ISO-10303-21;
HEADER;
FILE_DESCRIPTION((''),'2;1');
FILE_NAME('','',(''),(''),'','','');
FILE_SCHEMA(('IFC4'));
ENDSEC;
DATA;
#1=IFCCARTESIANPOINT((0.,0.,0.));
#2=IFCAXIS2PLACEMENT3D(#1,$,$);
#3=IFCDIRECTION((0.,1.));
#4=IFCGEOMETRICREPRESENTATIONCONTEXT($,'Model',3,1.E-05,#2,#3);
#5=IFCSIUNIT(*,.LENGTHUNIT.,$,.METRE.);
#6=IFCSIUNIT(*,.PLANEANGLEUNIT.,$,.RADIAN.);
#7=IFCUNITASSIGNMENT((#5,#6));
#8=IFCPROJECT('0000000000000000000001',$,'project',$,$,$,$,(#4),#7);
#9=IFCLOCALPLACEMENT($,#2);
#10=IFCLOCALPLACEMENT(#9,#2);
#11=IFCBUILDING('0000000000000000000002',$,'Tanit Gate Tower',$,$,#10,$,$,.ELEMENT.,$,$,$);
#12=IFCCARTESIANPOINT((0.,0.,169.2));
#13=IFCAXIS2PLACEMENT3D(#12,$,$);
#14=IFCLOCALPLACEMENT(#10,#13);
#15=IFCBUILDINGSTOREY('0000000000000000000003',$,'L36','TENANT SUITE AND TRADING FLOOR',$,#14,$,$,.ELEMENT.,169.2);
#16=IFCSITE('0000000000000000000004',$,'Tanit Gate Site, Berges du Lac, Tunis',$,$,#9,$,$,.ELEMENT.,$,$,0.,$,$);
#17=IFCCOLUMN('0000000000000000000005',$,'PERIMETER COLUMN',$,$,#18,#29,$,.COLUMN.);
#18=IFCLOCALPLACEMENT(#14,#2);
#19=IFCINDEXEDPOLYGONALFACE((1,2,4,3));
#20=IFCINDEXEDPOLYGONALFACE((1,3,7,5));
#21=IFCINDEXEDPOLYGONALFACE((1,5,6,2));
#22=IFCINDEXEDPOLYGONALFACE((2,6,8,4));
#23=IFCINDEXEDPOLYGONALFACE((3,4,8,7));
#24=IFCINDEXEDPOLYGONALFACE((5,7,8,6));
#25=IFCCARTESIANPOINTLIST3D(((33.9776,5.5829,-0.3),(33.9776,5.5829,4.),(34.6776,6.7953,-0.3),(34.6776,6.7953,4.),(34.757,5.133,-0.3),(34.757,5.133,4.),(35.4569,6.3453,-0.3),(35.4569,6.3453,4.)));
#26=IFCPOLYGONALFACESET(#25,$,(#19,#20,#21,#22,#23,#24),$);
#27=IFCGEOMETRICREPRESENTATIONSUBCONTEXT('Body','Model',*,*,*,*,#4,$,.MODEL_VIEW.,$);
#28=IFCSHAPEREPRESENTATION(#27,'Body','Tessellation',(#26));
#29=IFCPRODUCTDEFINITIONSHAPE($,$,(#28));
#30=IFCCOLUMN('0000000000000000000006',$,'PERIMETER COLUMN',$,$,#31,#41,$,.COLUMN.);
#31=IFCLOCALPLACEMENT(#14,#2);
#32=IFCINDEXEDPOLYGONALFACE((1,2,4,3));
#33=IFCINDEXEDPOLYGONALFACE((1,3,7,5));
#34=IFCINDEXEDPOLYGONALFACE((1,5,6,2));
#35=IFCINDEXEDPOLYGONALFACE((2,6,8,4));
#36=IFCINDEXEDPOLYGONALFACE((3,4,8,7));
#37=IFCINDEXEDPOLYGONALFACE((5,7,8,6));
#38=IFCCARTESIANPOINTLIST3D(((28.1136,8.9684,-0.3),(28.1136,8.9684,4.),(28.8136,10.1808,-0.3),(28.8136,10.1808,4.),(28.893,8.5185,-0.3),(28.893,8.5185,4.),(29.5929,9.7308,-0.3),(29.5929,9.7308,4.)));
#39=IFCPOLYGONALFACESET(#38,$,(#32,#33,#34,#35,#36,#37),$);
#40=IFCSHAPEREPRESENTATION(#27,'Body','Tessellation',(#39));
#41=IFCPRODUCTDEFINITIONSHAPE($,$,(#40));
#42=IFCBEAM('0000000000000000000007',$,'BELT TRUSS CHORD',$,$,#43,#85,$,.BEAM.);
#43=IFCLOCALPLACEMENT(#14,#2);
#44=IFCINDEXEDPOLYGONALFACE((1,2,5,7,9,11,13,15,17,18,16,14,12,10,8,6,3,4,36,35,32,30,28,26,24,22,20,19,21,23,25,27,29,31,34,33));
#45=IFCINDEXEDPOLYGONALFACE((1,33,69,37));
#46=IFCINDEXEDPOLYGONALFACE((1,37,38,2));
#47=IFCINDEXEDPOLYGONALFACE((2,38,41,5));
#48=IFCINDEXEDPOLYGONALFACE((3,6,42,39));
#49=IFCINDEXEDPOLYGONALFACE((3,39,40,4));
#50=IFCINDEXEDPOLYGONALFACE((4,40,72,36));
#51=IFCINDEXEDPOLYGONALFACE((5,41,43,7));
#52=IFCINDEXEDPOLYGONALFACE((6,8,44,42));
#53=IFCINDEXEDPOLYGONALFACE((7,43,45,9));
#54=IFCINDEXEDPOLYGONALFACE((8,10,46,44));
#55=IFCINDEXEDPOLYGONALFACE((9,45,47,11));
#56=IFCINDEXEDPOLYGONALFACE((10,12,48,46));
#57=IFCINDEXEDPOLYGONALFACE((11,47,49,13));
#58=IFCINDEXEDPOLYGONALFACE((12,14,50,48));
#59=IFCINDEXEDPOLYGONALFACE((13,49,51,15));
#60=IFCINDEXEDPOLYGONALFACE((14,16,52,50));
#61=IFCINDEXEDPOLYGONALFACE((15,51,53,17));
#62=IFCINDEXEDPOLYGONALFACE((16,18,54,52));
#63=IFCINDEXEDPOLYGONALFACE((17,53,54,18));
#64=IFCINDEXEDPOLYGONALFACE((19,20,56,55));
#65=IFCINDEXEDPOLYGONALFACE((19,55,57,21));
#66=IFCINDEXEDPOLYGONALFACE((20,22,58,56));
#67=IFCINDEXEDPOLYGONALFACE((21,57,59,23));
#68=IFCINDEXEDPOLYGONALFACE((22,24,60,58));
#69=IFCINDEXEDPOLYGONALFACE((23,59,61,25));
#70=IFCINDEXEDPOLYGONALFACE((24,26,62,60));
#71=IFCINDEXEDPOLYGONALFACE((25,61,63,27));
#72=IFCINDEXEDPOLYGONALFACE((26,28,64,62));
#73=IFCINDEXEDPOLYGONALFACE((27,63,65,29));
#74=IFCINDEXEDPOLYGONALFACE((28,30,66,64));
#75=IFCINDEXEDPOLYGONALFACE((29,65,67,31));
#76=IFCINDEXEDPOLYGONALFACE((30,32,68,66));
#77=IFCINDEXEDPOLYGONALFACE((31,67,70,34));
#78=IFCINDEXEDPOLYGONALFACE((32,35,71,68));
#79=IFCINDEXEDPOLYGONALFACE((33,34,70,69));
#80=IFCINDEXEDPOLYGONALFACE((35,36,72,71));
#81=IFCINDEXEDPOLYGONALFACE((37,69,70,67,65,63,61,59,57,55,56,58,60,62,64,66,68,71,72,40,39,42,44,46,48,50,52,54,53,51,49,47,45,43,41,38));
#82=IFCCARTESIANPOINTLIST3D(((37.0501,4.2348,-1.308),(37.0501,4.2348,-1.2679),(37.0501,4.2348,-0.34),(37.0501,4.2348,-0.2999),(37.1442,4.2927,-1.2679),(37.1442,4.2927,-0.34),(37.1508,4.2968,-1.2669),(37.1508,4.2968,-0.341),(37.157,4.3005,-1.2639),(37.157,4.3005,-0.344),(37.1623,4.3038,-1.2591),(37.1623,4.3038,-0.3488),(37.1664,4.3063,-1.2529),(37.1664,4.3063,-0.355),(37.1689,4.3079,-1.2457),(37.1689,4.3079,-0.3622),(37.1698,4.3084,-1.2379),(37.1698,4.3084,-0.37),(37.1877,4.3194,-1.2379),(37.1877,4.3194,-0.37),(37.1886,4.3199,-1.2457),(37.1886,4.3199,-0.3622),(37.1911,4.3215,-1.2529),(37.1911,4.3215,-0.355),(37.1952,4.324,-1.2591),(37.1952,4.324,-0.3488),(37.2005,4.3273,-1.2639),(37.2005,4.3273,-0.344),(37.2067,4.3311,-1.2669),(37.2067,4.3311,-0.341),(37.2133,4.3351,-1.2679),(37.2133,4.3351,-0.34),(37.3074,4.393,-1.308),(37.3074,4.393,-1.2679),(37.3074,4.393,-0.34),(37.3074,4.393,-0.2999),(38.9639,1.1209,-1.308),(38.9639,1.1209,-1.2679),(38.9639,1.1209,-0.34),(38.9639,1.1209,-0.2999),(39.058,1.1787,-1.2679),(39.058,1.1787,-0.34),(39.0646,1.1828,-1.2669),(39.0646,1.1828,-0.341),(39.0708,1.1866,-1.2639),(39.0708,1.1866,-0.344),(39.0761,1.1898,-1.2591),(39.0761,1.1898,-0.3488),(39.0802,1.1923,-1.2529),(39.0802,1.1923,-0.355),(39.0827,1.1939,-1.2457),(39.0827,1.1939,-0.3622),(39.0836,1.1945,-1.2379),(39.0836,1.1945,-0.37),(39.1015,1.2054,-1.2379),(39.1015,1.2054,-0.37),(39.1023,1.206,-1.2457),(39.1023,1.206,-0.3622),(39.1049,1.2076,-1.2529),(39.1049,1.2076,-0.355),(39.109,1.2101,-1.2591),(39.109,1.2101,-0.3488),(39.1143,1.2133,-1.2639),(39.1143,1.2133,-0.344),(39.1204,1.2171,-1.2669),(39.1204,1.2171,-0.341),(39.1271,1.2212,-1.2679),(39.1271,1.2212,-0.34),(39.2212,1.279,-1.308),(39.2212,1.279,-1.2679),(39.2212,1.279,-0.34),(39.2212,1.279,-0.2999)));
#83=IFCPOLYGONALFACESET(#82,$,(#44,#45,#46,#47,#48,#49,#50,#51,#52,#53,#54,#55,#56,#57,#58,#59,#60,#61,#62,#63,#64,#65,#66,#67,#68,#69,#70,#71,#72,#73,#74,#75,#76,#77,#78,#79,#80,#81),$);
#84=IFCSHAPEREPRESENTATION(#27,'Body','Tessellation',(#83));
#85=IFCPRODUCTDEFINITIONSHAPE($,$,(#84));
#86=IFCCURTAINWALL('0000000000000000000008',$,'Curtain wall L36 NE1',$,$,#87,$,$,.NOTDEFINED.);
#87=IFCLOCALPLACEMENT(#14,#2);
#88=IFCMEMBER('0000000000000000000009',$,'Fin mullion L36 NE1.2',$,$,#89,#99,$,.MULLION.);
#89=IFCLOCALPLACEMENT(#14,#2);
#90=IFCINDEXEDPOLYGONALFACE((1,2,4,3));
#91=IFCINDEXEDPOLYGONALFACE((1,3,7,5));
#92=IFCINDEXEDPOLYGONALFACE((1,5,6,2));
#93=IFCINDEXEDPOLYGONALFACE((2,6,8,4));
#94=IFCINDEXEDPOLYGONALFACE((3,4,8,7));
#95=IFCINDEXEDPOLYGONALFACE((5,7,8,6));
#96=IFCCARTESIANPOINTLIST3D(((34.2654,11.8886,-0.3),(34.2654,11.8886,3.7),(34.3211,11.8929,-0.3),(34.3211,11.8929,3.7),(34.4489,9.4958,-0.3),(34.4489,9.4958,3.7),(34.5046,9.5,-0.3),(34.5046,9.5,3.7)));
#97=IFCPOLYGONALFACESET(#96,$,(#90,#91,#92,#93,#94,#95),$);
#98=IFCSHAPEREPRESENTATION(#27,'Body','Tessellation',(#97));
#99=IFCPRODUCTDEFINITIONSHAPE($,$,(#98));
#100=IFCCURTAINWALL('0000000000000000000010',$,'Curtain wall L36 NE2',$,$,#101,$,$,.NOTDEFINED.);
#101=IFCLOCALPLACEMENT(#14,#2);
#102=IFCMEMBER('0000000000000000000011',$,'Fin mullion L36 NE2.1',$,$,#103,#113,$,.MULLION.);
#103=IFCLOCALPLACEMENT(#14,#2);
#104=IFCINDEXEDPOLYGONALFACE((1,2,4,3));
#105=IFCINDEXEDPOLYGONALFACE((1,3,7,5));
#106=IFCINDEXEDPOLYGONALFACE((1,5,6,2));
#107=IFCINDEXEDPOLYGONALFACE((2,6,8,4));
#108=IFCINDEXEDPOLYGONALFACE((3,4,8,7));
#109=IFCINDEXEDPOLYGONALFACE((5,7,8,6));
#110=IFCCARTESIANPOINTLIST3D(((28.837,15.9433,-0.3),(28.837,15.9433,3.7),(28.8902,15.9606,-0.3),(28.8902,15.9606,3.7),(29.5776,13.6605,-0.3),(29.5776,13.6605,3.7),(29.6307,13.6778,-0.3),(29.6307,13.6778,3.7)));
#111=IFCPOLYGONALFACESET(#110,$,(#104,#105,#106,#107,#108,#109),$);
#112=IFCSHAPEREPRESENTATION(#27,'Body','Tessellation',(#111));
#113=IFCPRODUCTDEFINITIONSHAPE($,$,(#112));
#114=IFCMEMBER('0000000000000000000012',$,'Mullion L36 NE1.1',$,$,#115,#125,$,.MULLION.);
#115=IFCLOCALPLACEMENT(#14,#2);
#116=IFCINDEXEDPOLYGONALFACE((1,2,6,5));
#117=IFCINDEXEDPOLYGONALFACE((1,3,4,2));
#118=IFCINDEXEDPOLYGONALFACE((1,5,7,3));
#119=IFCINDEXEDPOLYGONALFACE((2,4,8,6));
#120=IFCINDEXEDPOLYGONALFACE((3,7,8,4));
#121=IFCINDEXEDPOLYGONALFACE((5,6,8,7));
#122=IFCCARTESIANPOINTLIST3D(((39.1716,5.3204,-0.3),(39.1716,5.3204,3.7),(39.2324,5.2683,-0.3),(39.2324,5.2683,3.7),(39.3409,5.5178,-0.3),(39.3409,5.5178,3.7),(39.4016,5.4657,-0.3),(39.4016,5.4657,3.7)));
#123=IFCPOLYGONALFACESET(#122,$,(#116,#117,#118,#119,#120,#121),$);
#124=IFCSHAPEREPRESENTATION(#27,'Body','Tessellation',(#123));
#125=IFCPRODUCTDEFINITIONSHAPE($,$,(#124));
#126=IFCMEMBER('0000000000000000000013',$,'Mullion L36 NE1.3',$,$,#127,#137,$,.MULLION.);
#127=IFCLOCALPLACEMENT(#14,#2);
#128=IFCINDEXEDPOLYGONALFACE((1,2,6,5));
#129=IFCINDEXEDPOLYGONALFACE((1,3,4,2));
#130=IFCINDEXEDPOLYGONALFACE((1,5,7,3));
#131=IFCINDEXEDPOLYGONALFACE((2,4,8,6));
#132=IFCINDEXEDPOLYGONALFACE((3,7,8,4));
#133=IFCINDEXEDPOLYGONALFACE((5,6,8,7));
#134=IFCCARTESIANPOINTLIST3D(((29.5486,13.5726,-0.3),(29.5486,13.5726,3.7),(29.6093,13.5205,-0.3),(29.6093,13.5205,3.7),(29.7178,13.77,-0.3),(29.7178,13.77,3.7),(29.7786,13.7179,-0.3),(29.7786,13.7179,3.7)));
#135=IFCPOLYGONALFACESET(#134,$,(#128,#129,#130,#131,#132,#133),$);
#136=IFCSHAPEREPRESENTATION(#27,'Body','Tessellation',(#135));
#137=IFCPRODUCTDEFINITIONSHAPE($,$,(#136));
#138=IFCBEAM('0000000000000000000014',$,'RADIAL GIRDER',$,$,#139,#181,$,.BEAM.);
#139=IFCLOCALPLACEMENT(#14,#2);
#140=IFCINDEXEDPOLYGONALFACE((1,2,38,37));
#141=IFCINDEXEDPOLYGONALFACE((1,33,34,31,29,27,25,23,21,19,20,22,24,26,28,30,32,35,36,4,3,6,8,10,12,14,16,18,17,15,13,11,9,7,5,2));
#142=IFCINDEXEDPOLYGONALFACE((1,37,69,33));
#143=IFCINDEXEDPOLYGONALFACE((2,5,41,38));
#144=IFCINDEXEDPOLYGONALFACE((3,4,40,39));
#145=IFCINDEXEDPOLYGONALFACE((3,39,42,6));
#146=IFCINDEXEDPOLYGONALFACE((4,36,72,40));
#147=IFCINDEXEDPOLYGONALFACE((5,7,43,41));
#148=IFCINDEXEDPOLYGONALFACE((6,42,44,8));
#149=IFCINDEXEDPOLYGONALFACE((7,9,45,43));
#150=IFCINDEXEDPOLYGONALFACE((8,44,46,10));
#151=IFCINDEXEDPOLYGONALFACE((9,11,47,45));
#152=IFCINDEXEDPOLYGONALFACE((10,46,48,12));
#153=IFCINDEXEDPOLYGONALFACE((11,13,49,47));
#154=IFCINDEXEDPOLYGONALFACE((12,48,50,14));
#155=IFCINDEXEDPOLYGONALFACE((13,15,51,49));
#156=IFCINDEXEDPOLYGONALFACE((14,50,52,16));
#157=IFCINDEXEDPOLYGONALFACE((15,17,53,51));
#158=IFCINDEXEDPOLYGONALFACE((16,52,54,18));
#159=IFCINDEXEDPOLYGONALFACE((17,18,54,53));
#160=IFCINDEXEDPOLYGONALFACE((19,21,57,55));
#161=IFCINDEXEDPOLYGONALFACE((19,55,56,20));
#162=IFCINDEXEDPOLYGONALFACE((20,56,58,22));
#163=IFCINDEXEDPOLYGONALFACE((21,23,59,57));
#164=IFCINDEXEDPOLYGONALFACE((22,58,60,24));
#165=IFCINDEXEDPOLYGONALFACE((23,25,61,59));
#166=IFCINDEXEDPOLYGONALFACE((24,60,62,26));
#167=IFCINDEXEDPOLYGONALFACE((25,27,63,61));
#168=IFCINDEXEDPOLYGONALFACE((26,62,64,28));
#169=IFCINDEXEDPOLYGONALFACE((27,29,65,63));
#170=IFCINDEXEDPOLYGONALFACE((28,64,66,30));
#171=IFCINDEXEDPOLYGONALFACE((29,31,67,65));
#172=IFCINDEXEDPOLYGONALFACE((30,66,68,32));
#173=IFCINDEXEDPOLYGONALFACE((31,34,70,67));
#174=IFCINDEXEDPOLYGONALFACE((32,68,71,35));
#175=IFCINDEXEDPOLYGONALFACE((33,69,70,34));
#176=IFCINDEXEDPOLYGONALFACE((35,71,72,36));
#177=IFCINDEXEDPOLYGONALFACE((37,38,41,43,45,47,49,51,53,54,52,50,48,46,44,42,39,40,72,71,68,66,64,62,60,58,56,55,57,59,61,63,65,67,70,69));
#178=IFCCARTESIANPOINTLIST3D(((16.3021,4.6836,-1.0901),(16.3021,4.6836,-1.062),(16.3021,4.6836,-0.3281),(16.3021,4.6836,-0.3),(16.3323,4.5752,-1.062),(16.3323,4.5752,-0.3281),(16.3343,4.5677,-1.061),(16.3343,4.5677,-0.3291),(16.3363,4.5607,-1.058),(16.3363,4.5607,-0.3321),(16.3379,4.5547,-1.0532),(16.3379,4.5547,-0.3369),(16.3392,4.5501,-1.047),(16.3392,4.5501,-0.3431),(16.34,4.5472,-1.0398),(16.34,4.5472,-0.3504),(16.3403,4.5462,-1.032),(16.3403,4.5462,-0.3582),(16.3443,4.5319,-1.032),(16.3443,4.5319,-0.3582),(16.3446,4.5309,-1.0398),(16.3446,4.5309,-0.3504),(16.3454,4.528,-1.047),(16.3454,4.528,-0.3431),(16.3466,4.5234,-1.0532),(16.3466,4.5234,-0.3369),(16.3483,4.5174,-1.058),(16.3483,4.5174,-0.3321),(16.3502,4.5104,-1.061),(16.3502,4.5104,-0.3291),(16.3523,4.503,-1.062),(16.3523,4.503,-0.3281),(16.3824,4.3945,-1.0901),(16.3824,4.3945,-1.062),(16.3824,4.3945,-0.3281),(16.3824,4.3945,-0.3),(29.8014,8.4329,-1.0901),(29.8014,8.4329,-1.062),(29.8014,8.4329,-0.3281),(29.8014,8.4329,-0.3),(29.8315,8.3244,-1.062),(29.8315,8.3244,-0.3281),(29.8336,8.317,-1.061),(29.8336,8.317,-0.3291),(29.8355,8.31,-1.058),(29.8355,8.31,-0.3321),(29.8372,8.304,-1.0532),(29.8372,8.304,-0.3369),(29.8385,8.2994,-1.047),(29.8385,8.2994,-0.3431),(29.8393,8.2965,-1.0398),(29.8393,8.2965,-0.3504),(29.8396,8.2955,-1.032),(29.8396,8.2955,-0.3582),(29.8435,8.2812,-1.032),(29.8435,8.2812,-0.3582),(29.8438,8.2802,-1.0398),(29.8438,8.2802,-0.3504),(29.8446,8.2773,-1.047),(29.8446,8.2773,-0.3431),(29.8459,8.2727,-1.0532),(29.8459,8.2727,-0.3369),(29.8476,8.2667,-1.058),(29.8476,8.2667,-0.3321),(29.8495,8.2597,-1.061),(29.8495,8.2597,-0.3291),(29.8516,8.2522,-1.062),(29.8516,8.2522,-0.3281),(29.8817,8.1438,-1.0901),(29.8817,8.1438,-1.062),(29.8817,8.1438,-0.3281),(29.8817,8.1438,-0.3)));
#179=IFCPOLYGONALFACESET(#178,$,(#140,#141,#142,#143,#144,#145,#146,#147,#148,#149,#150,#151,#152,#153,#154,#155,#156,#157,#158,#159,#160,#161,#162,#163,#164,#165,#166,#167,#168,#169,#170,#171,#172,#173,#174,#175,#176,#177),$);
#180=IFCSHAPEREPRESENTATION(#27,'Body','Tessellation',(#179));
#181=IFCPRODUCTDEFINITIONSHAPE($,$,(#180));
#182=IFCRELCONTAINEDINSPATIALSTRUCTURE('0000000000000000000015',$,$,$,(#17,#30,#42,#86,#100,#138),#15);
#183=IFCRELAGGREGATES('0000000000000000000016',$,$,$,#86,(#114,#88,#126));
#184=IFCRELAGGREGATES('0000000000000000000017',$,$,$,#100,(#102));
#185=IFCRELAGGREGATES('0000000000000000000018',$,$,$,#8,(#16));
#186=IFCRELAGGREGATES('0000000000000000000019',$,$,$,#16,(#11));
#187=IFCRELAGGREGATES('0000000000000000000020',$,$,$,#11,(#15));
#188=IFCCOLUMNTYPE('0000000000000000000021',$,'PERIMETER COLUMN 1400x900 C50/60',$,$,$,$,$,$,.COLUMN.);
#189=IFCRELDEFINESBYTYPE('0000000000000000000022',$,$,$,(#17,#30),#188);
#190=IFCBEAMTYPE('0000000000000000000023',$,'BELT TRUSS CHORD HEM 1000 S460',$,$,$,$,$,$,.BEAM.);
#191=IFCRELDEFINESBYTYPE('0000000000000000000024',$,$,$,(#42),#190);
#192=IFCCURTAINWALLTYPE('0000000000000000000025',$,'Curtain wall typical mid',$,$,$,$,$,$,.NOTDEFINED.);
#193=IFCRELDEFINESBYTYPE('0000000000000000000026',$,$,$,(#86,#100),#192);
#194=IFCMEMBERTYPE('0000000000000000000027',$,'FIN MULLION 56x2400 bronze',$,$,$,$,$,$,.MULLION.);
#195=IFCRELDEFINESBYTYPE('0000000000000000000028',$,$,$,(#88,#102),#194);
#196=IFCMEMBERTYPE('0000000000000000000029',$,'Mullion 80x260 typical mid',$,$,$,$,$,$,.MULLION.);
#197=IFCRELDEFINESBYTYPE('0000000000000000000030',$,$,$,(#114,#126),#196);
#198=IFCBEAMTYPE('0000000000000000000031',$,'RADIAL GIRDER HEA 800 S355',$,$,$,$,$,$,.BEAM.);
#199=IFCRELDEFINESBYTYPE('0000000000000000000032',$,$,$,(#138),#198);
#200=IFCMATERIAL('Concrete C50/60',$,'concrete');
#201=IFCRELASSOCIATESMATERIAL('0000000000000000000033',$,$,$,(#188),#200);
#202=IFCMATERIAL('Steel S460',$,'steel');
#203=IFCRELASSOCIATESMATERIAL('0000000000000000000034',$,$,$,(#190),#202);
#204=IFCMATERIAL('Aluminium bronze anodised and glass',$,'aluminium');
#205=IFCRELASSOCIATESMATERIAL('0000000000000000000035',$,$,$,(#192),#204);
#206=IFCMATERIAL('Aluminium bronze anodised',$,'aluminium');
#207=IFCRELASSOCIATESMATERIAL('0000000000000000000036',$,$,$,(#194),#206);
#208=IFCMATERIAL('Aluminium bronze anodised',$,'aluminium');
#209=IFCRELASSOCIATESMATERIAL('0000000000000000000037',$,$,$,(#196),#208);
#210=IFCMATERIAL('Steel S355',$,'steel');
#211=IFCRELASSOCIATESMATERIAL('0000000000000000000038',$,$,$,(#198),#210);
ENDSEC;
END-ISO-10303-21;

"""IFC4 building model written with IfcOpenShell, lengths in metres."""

from ifc_helpers import new_model, si_unit, direction, frame, origin, origin_2d, place, context, subcontext, project, spatial, rectangle, i_section, extrude, material, material_profile, profile_set, type_object, element, aggregate, save


model = new_model("IFC4")

# Units and contexts
model_context = context("Model", 3, precision=1e-05, world=origin(), true_north=direction((0.0, 1.0)))
body_context = subcontext(model_context, "Body", "Model", "MODEL_VIEW")
ifc_project = project(units=[si_unit("LENGTHUNIT", "METRE"), si_unit("PLANEANGLEUNIT", "RADIAN")], contexts=[model_context])

# Site, building, storey
site_placement = place(None, origin())
site = spatial("IfcSite", under=ifc_project, at=site_placement, Name="Tanit Gate Site, Berges du Lac, Tunis", CompositionType="ELEMENT", RefElevation=0.0)
building_placement = place(site_placement, origin())
building = spatial("IfcBuilding", under=site, at=building_placement, Name="Tanit Gate Tower", CompositionType="ELEMENT")
storey_placement = place(building_placement, frame((0.0, 0.0, 169.2)))
storey = spatial("IfcBuildingStorey", under=building, at=storey_placement, Name="L36", Description="TENANT SUITE AND TRADING FLOOR", CompositionType="ELEMENT", Elevation=169.2)

# Columns
ifc_material_1 = material(Name="Concrete C50/60", Category="concrete")
ifc_material_profile_1 = material_profile(ifc_material_1, rectangle(XDim=1.3999, YDim=0.8999, at=origin_2d()), Name="RC 1400x900")
ifc_profile_set_1 = profile_set([ifc_material_profile_1], Name="Concrete C50/60")
column_type = type_object("IfcColumnType", Name="PERIMETER COLUMN 1400x900 C50/60", PredefinedType="COLUMN", material=ifc_profile_set_1)
for number, where, z_axis, x_axis, name in (
    (1, (34.7173, 5.9641, -0.3), (0.0, 0.0, 1.0), (0.5, 0.866025, 0.0), "PERIMETER COLUMN"),
    (2, (28.8533, 9.3496, -0.3), (0.0, 0.0, 1.0), (0.5, 0.866025, 0.0), "PERIMETER COLUMN"),
):
    element("IfcColumn", number, at=place(storey_placement, frame(where, z_axis=z_axis, x_axis=x_axis)), inside=storey, type_object=column_type, Name=name, PredefinedType="COLUMN", context=body_context, shape_type="SweptSolid", body=[
        extrude(rectangle(XDim=1.3999, YDim=0.8999, at=origin_2d()), origin(), (0.0, 0.0, 1.0), 4.3),
    ])

# Beam
ifc_material_2 = material(Name="Steel S460", Category="steel")
ifc_material_profile_2 = material_profile(ifc_material_2, i_section(OverallWidth=0.302, OverallDepth=1.0081, WebThickness=0.021, FlangeThickness=0.04, FilletRadius=0.03, at=origin_2d()), Name="HEM 1000")
ifc_profile_set_2 = profile_set([ifc_material_profile_2], Name="Steel S460")
beam_type_1 = type_object("IfcBeamType", Name="BELT TRUSS CHORD HEM 1000 S460", PredefinedType="BEAM", material=ifc_profile_set_2)
beam_1_placement = place(storey_placement, frame((39.0925, 1.2, -0.804), z_axis=(-0.523602, 0.851963, 0.0), x_axis=(-0.851963, -0.523602, 0.0)))
element("IfcBeam", 3, at=beam_1_placement, inside=storey, type_object=beam_type_1, Name="BELT TRUSS CHORD", PredefinedType="BEAM", context=body_context, shape_type="SweptSolid", body=[
    extrude(i_section(OverallWidth=0.302, OverallDepth=1.0081, WebThickness=0.021, FlangeThickness=0.04, FilletRadius=0.03, at=origin_2d()), origin(), (0.0, 0.0, 1.0), 3.655),
])

# Curtain walls, members
ifc_material_3 = material(Name="Aluminium bronze anodised and glass", Category="aluminium")
curtain_wall_type = type_object("IfcCurtainWallType", Name="Curtain wall typical mid", PredefinedType="NOTDEFINED", material=ifc_material_3)
curtain_wall_1_placement = place(storey_placement, origin())
curtain_wall_1 = element("IfcCurtainWall", 4, at=curtain_wall_1_placement, inside=storey, type_object=curtain_wall_type, Name="Curtain wall L36 NE1", PredefinedType="NOTDEFINED")
ifc_material_4 = material(Name="Aluminium bronze anodised", Category="aluminium")
ifc_material_profile_3 = material_profile(ifc_material_4, rectangle(XDim=2.3999, YDim=0.0559, at=origin_2d()), Name="56x2400 bronze fin mullion")
ifc_profile_set_3 = profile_set([ifc_material_profile_3], Name="Aluminium bronze anodised")
member_type_1 = type_object("IfcMemberType", Name="FIN MULLION 56x2400 bronze", PredefinedType="MULLION", material=ifc_profile_set_3)
member_1_placement = place(storey_placement, frame((34.385, 10.6943, -0.3), z_axis=(0.0, 0.0, 1.0), x_axis=(0.076471, -0.997072, 0.0)))
member_1 = element("IfcMember", 5, at=member_1_placement, type_object=member_type_1, Name="Fin mullion L36 NE1.2", PredefinedType="MULLION", context=body_context, shape_type="SweptSolid", body=[
    extrude(rectangle(XDim=2.3999, YDim=0.0559, at=origin_2d()), origin(), (0.0, 0.0, 1.0), 4.0),
])
curtain_wall_2_placement = place(storey_placement, origin())
curtain_wall_2 = element("IfcCurtainWall", 6, at=curtain_wall_2_placement, inside=storey, type_object=curtain_wall_type, Name="Curtain wall L36 NE2", PredefinedType="NOTDEFINED")
member_2_placement = place(storey_placement, frame((29.2339, 14.8105, -0.3), z_axis=(0.0, 0.0, 1.0), x_axis=(0.308568, -0.951202, 0.0)))
member_2 = element("IfcMember", 7, at=member_2_placement, type_object=member_type_1, Name="Fin mullion L36 NE2.1", PredefinedType="MULLION", context=body_context, shape_type="SweptSolid", body=[
    extrude(rectangle(XDim=2.3999, YDim=0.0559, at=origin_2d()), origin(), (0.0, 0.0, 1.0), 4.0),
])

# Members
ifc_material_5 = material(Name="Aluminium bronze anodised", Category="aluminium")
ifc_material_profile_4 = material_profile(ifc_material_5, rectangle(XDim=0.26, YDim=0.0801, at=origin_2d()), Name="80x260 bronze mullion")
ifc_profile_set_4 = profile_set([ifc_material_profile_4], Name="Aluminium bronze anodised")
member_type_2 = type_object("IfcMemberType", Name="Mullion 80x260 typical mid", PredefinedType="MULLION", material=ifc_profile_set_4)
member_3_placement = place(storey_placement, frame((39.2866, 5.3931, -0.3), z_axis=(0.0, 0.0, 1.0), x_axis=(-0.650963, -0.759109, 0.0)))
member_3 = element("IfcMember", 8, at=member_3_placement, type_object=member_type_2, Name="Mullion L36 NE1.1", PredefinedType="MULLION", context=body_context, shape_type="SweptSolid", body=[
    extrude(rectangle(XDim=0.26, YDim=0.0801, at=origin_2d()), origin(), (0.0, 0.0, 1.0), 4.0),
])
member_4_placement = place(storey_placement, frame((29.6636, 13.6453, -0.3), z_axis=(0.0, 0.0, 1.0), x_axis=(-0.650963, -0.759109, 0.0)))
member_4 = element("IfcMember", 9, at=member_4_placement, type_object=member_type_2, Name="Mullion L36 NE1.3", PredefinedType="MULLION", context=body_context, shape_type="SweptSolid", body=[
    extrude(rectangle(XDim=0.26, YDim=0.0801, at=origin_2d()), origin(), (0.0, 0.0, 1.0), 4.0),
])

# Beam
ifc_material_6 = material(Name="Steel S355", Category="steel")
ifc_material_profile_5 = material_profile(ifc_material_6, i_section(OverallWidth=0.3, OverallDepth=0.79, WebThickness=0.0149, FlangeThickness=0.0281, FilletRadius=0.03, at=origin_2d()), Name="HEA 800")
ifc_profile_set_5 = profile_set([ifc_material_profile_5], Name="Steel S355")
beam_type_2 = type_object("IfcBeamType", Name="RADIAL GIRDER HEA 800 S355", PredefinedType="BEAM", material=ifc_profile_set_5)
beam_2_placement = place(storey_placement, frame((29.8416, 8.2883, -0.6951), z_axis=(-0.963528, -0.267609, 0.0), x_axis=(0.267609, -0.963528, 0.0)))
element("IfcBeam", 10, at=beam_2_placement, inside=storey, type_object=beam_type_2, Name="RADIAL GIRDER", PredefinedType="BEAM", context=body_context, shape_type="SweptSolid", body=[
    extrude(i_section(OverallWidth=0.3, OverallDepth=0.79, WebThickness=0.0149, FlangeThickness=0.0281, FilletRadius=0.03, at=origin_2d()), origin(), (0.0, 0.0, 1.0), 14.0103),
])

aggregate(curtain_wall_1, [member_3, member_1, member_4])
aggregate(curtain_wall_2, [member_2])

save(model, "model.ifc")
